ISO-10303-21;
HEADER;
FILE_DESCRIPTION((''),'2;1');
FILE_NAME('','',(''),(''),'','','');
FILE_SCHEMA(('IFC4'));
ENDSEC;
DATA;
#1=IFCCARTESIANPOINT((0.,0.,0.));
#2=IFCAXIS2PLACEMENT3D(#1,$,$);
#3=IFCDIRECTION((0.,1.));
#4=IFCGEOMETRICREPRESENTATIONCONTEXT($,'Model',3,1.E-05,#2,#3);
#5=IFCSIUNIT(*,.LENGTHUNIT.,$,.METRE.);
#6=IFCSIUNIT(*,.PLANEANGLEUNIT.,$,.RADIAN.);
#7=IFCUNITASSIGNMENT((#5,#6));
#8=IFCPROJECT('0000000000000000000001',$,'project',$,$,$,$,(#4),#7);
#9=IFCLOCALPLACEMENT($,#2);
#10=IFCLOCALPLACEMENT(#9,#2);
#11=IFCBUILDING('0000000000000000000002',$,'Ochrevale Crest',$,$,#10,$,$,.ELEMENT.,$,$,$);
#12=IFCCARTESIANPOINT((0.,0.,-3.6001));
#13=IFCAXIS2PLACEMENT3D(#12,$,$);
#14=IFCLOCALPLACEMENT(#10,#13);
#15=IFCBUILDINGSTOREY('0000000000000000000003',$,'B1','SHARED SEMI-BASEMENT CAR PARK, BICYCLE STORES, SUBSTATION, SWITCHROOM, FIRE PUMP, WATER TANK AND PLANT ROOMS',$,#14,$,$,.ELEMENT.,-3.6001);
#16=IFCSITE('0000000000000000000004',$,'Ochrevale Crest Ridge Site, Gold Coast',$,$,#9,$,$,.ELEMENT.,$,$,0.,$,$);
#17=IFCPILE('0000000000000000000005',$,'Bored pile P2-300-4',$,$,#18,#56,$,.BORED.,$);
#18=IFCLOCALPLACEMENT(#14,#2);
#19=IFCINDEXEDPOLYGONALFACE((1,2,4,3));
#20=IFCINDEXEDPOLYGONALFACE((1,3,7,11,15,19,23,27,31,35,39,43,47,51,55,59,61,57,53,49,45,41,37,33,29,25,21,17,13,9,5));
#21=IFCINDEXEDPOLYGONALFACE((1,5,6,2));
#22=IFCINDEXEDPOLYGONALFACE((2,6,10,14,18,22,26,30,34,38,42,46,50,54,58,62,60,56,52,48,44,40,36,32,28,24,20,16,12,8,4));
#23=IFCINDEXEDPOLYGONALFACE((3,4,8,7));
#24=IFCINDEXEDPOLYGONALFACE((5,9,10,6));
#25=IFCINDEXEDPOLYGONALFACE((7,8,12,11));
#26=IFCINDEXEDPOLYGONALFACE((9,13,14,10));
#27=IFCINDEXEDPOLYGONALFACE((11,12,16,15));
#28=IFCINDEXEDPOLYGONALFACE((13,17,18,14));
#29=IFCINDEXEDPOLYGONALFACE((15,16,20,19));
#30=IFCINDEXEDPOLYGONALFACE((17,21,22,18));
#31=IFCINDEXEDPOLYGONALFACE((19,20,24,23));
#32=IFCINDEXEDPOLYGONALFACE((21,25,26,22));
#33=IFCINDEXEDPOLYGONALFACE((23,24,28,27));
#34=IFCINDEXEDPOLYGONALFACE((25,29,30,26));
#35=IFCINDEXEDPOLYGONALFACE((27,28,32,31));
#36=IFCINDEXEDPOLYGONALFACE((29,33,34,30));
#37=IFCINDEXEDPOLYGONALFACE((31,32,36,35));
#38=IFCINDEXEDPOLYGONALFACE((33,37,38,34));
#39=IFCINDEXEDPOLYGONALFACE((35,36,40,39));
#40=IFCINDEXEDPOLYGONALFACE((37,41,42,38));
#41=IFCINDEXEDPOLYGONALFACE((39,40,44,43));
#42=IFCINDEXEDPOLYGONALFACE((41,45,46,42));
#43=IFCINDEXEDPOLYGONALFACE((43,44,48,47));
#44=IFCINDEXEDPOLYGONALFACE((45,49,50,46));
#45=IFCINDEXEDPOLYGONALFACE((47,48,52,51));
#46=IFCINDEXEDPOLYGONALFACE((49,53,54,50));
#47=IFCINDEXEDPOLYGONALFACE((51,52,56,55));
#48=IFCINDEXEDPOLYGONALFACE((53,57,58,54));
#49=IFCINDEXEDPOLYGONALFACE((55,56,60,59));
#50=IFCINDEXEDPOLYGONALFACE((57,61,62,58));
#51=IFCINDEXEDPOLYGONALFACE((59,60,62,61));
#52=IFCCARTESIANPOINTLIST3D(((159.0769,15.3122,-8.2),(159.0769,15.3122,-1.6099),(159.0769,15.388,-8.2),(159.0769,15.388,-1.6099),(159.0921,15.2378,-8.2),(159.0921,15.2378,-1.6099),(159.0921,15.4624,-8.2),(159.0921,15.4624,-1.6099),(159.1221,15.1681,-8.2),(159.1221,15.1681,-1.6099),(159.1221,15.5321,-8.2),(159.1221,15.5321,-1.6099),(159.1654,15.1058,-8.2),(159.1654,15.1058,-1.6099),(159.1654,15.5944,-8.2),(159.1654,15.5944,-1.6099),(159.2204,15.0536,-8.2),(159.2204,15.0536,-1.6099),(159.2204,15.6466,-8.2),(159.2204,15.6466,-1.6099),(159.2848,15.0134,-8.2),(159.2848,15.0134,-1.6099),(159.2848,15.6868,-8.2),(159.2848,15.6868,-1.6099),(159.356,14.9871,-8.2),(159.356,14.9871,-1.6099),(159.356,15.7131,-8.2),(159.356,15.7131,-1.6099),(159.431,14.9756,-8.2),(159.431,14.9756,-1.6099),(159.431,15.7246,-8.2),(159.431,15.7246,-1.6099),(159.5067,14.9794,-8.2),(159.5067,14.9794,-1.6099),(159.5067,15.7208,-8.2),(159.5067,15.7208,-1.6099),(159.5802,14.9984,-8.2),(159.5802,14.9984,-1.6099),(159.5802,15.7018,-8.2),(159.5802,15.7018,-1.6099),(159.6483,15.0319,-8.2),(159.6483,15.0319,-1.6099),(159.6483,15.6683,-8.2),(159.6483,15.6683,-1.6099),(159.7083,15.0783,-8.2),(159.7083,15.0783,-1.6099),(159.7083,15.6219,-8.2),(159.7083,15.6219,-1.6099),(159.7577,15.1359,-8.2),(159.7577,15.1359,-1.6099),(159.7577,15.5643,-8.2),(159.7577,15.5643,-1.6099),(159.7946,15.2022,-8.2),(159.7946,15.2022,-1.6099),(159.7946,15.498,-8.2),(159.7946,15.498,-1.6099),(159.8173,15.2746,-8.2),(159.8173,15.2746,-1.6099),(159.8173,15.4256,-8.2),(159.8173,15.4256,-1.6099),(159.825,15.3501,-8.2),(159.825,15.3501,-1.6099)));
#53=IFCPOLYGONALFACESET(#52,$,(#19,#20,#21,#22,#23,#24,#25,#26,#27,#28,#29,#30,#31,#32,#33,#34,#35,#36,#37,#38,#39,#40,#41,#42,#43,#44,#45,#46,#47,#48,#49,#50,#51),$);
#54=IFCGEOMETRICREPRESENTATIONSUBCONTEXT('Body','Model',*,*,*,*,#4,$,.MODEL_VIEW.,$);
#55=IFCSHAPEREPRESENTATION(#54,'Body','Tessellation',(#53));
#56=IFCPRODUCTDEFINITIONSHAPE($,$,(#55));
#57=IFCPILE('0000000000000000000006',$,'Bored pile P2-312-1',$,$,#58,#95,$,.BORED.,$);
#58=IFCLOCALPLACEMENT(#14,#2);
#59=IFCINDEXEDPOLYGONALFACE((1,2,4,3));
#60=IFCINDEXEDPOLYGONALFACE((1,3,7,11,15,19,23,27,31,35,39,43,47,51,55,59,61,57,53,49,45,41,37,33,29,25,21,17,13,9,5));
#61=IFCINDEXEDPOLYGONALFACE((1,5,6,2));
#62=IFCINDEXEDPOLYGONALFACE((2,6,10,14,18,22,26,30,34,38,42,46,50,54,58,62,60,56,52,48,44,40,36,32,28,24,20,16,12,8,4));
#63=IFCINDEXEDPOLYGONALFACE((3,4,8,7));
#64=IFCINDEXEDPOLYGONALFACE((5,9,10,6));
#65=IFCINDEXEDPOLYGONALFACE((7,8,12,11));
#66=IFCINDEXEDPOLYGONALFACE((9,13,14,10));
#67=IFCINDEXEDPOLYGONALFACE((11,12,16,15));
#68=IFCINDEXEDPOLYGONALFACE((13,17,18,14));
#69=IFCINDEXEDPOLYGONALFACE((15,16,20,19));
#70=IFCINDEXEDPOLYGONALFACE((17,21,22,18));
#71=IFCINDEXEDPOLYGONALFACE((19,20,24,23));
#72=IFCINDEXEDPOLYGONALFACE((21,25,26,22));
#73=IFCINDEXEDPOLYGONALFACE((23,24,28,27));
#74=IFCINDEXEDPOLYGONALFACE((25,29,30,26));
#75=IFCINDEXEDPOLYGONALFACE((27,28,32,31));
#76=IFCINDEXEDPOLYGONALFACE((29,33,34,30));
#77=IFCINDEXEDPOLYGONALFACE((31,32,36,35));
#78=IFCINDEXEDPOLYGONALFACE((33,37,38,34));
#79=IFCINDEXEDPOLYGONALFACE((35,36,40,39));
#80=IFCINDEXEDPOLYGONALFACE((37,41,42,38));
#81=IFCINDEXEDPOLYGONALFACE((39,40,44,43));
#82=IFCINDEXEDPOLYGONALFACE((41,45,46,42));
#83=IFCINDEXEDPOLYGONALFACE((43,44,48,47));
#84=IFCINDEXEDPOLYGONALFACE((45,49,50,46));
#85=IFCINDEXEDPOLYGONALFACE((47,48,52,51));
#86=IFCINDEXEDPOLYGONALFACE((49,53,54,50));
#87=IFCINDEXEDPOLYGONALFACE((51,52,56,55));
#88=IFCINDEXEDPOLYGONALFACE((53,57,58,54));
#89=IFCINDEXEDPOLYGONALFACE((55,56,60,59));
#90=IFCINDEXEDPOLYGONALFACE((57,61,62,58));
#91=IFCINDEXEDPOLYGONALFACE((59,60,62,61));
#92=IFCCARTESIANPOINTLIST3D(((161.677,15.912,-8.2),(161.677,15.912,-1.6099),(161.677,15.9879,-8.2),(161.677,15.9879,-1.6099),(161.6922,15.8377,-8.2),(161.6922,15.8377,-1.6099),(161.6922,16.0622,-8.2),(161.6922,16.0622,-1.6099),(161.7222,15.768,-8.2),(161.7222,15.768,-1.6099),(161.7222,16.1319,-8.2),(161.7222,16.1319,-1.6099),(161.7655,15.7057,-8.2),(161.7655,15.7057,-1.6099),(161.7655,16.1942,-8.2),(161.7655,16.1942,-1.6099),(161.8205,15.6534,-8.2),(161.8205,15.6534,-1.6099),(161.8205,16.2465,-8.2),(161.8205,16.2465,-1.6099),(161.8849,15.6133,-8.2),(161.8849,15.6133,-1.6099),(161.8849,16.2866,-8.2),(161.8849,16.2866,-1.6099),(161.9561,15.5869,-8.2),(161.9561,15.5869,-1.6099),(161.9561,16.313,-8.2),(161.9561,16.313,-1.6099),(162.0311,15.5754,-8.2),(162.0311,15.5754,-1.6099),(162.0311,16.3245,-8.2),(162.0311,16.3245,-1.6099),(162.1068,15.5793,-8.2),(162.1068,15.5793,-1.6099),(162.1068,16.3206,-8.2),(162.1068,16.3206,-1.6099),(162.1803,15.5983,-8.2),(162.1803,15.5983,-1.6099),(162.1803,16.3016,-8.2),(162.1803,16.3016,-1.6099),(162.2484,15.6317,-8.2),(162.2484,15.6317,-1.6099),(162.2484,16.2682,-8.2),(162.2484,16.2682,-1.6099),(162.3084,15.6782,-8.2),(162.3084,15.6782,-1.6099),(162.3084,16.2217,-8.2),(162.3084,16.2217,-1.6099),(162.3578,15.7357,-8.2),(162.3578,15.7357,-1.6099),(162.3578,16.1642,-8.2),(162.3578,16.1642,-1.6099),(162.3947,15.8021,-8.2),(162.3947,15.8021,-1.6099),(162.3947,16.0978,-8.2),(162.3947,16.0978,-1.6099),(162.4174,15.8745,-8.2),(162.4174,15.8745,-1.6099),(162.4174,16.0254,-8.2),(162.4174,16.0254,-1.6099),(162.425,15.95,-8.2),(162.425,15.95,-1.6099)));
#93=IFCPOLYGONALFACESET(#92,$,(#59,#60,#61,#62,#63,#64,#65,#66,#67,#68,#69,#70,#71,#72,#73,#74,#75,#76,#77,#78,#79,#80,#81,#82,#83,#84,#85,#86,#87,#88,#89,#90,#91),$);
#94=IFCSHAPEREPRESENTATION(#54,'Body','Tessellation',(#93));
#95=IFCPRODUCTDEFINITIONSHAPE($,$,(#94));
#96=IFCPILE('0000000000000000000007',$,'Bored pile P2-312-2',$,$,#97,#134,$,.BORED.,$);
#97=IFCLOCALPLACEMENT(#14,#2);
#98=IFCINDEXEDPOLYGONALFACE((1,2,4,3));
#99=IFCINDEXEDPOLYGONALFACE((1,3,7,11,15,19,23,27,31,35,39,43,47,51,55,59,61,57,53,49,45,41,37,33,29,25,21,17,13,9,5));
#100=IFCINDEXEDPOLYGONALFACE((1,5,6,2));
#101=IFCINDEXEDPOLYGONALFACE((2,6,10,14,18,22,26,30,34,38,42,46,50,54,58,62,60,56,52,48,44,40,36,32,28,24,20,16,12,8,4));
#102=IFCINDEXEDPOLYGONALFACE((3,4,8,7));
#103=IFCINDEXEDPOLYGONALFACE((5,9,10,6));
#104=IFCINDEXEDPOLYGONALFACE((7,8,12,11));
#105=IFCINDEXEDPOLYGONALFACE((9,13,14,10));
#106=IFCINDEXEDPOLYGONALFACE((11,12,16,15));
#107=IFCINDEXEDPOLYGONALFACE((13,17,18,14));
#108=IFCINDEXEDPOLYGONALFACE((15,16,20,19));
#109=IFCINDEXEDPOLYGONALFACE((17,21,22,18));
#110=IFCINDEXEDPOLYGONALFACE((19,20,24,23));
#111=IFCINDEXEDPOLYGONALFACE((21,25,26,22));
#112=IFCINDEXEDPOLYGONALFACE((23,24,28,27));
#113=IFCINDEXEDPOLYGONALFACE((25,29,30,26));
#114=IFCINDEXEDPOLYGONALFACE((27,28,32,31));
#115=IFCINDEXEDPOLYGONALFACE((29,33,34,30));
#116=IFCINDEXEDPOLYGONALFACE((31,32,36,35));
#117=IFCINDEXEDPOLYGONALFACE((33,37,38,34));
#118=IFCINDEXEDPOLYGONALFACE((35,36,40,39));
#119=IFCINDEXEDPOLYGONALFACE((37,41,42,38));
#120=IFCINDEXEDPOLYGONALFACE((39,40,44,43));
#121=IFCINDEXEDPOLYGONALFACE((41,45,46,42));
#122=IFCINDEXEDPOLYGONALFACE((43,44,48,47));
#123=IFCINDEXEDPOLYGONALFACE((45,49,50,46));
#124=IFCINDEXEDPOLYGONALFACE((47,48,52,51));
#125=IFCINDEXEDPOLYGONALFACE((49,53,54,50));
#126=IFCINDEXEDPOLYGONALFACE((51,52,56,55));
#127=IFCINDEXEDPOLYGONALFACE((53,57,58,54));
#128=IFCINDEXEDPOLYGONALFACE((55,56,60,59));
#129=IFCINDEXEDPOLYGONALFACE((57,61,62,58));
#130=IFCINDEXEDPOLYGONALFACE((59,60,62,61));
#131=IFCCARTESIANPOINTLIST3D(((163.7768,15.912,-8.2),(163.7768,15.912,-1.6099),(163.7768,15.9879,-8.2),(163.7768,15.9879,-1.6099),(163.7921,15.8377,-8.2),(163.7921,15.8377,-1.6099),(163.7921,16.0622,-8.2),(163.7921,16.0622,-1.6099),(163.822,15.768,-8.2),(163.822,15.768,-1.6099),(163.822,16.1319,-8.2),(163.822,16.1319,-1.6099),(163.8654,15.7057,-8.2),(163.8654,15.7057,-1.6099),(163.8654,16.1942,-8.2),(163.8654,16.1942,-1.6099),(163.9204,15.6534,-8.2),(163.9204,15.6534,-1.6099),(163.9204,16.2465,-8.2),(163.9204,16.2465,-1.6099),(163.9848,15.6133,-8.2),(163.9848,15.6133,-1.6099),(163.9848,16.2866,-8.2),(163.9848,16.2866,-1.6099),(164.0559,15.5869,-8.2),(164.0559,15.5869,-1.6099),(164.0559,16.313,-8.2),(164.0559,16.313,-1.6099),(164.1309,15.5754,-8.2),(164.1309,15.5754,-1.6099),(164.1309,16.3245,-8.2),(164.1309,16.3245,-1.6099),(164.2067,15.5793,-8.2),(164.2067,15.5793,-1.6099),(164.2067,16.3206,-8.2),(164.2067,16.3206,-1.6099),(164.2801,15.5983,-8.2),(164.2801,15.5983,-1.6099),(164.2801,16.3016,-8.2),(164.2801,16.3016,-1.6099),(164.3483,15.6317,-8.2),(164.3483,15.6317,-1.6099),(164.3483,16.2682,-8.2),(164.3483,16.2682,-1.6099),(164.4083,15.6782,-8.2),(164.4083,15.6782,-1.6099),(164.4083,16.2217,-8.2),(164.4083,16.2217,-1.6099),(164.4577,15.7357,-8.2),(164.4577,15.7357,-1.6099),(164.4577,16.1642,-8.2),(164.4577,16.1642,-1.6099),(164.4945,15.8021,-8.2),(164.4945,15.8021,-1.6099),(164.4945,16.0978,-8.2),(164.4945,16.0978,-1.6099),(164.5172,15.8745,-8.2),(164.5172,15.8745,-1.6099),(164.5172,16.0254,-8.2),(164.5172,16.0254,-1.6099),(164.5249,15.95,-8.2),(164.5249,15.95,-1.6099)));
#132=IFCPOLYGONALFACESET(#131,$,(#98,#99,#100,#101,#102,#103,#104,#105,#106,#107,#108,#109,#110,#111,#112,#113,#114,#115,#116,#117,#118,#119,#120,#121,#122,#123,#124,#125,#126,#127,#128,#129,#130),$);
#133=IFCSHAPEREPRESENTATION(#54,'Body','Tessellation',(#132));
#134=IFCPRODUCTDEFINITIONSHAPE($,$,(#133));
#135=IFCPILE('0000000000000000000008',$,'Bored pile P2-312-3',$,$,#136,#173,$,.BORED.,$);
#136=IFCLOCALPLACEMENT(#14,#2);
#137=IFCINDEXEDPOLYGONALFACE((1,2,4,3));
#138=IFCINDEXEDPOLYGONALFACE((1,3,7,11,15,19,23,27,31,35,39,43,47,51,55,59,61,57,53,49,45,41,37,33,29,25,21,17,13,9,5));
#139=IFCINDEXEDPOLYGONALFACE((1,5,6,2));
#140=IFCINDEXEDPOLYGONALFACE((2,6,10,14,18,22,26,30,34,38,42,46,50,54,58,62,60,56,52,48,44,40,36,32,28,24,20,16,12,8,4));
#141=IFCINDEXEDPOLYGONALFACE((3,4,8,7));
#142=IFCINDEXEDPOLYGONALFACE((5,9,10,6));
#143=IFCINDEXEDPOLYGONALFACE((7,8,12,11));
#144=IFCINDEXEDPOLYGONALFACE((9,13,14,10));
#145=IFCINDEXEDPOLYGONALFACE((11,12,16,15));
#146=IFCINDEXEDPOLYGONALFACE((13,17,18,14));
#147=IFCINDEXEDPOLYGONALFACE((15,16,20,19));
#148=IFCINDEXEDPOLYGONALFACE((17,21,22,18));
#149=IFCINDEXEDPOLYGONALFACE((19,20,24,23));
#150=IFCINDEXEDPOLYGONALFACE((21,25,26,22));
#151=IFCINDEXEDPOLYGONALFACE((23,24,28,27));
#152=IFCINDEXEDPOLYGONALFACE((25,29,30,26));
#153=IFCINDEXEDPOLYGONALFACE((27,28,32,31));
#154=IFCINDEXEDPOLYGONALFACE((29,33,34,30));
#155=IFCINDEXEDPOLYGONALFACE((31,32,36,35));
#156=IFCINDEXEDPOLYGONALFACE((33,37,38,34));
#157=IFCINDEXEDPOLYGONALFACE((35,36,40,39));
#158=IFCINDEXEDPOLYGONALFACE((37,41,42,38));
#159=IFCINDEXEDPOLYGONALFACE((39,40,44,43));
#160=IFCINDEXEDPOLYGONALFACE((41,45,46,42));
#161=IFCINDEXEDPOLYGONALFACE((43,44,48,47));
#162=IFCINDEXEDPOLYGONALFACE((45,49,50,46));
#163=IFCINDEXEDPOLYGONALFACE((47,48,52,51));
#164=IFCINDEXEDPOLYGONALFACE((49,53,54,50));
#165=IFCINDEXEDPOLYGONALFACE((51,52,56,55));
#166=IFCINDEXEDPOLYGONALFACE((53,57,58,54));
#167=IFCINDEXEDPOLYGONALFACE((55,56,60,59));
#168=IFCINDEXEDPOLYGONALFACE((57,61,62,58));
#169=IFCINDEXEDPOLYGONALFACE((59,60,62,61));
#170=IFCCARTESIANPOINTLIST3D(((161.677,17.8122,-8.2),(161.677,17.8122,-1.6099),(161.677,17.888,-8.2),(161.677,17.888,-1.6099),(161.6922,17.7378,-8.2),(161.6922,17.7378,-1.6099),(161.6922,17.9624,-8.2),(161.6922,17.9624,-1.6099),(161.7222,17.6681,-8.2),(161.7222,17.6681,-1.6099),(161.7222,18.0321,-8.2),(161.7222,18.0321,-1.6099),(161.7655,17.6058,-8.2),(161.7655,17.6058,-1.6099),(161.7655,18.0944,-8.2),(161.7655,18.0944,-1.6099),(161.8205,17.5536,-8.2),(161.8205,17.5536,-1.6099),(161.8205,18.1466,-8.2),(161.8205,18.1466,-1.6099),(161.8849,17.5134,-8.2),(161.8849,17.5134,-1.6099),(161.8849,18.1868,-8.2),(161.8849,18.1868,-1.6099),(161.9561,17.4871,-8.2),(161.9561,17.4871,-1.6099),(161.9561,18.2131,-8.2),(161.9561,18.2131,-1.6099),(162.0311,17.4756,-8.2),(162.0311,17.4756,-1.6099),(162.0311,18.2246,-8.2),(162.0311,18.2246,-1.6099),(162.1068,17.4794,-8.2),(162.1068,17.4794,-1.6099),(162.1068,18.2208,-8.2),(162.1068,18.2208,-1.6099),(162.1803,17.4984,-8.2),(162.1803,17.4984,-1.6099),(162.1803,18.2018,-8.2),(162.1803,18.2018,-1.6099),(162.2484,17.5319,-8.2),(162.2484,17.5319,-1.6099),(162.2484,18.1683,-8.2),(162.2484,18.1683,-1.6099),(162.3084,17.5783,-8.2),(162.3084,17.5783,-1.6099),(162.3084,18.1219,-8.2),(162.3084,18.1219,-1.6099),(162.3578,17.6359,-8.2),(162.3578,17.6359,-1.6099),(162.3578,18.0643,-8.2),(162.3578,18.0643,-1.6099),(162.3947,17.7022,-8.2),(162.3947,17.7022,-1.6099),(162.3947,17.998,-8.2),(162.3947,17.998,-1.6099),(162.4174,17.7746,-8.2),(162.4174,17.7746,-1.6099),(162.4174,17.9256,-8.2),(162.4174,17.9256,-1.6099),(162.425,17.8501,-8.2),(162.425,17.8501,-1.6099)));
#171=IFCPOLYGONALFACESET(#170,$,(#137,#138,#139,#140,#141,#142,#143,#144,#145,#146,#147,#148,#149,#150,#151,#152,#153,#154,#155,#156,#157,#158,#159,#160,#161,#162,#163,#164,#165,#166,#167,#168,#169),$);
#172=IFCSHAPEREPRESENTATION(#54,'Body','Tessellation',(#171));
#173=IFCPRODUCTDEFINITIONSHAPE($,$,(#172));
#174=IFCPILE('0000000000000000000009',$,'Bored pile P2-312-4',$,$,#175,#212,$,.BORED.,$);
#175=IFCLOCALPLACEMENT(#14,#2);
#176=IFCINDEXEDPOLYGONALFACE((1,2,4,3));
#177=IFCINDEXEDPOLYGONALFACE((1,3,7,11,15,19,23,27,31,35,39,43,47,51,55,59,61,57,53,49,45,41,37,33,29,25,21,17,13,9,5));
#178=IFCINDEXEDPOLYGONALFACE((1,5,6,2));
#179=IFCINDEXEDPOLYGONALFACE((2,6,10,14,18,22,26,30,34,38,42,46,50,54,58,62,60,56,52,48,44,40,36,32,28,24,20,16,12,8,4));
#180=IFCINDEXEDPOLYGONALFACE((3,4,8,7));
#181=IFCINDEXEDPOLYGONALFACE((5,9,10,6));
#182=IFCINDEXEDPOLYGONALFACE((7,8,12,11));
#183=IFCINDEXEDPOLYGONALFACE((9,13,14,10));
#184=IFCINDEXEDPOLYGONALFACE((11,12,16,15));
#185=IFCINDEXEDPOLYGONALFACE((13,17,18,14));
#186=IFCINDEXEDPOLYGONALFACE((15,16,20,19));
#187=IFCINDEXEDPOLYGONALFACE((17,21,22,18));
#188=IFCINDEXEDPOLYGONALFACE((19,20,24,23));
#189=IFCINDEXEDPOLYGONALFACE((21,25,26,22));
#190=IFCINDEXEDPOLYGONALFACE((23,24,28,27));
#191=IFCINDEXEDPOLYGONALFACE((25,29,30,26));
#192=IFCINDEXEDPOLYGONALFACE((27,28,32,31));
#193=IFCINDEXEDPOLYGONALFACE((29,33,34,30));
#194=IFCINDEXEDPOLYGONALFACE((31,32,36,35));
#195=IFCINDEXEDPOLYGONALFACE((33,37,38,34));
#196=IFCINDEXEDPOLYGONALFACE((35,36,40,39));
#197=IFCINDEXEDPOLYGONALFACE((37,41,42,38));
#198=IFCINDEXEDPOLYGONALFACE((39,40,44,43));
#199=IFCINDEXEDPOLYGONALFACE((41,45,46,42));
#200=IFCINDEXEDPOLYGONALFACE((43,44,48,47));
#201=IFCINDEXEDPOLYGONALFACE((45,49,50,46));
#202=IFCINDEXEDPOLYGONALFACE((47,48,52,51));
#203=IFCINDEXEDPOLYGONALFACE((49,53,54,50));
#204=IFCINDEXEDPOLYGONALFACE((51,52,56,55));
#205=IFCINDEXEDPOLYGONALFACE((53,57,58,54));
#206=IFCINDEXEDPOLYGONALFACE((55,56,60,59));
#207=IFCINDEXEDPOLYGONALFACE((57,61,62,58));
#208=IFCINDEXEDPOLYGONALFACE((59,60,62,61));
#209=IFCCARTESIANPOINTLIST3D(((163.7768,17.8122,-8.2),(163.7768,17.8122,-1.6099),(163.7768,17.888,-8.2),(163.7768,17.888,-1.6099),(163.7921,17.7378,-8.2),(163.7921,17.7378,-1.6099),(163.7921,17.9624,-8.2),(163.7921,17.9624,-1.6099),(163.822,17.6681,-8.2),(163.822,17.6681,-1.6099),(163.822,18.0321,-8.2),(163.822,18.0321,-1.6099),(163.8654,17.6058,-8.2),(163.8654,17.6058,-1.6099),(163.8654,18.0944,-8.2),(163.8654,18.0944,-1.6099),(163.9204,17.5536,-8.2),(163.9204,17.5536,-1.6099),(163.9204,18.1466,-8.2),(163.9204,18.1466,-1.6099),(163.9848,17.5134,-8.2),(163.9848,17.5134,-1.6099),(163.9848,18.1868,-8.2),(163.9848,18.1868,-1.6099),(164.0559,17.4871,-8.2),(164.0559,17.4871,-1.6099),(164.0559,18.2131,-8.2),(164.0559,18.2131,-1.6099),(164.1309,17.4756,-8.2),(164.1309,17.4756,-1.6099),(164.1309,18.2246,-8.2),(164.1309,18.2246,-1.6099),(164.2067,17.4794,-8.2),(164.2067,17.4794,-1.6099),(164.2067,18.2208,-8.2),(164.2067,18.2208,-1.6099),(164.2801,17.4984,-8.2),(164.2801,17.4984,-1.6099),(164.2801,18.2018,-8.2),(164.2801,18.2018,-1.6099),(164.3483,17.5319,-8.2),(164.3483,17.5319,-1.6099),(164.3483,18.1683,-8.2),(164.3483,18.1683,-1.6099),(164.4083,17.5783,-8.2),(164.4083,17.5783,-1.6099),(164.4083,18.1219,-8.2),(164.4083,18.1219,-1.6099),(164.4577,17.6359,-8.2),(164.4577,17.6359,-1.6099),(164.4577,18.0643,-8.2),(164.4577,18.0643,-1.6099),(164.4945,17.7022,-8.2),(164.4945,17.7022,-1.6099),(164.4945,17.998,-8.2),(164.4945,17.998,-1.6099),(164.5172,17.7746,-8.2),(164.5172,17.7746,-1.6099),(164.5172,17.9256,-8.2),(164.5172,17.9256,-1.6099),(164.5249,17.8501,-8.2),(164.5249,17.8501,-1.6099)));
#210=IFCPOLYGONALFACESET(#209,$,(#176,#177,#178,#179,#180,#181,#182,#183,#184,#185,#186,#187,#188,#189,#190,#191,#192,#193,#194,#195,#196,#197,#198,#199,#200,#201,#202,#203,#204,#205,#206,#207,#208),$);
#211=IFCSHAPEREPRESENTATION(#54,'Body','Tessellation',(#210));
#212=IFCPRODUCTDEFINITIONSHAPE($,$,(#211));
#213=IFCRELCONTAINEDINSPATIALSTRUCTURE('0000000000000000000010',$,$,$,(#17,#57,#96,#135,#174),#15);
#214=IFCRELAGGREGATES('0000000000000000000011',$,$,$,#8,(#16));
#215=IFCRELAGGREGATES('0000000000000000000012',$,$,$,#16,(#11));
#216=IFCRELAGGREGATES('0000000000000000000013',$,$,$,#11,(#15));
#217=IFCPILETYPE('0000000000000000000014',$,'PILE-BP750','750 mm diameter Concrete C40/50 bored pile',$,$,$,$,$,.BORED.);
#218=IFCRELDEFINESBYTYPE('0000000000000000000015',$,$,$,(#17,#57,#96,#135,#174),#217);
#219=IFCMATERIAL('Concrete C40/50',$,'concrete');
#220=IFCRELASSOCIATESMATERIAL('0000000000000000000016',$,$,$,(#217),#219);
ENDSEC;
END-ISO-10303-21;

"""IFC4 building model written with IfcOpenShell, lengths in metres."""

from ifc_helpers import new_model, si_unit, direction, frame, origin, origin_2d, place, context, subcontext, project, spatial, circle, extrude, material, material_profile, profile_set, type_object, element, save


model = new_model("IFC4")

# Units and contexts
model_context = context("Model", 3, precision=1e-05, world=origin(), true_north=direction((0.0, 1.0)))
body_context = subcontext(model_context, "Body", "Model", "MODEL_VIEW")
ifc_project = project(units=[si_unit("LENGTHUNIT", "METRE"), si_unit("PLANEANGLEUNIT", "RADIAN")], contexts=[model_context])

# Site, building, storey
site_placement = place(None, origin())
site = spatial("IfcSite", under=ifc_project, at=site_placement, Name="Ochrevale Crest Ridge Site, Gold Coast", CompositionType="ELEMENT", RefElevation=0.0)
building_placement = place(site_placement, origin())
building = spatial("IfcBuilding", under=site, at=building_placement, Name="Ochrevale Crest", CompositionType="ELEMENT")
storey_placement = place(building_placement, frame((0.0, 0.0, -3.6001)))
storey = spatial("IfcBuildingStorey", under=building, at=storey_placement, Name="B1", Description="SHARED SEMI-BASEMENT CAR PARK, BICYCLE STORES, SUBSTATION, SWITCHROOM, FIRE PUMP, WATER TANK AND PLANT ROOMS", CompositionType="ELEMENT", Elevation=-3.6001)

# Shared definitions
ifc_material_1 = material(Name="Concrete C40/50", Category="concrete")

# Piles
ifc_material_profile_1 = material_profile(ifc_material_1, circle(Radius=0.375, at=origin_2d()), Name="BORED PILE 750")
ifc_profile_set_1 = profile_set([ifc_material_profile_1], Name="Concrete C40/50")
pile_type_1 = type_object("IfcPileType", Name="PILE-BP750", Description="750 mm diameter Concrete C40/50 bored pile", PredefinedType="BORED", material=ifc_profile_set_1)
for number, where, z_axis, x_axis, name in (
    (1, (159.45, 15.3501, -1.6099), (0.0, 0.0, -1.0), (1.0, 0.0, 0.0), "Bored pile P2-300-4"),
    (2, (162.05, 15.95, -1.6099), (0.0, 0.0, -1.0), (1.0, 0.0, 0.0), "Bored pile P2-312-1"),
    (3, (164.1499, 15.95, -1.6099), (0.0, 0.0, -1.0), (1.0, 0.0, 0.0), "Bored pile P2-312-2"),
    (4, (162.05, 17.8501, -1.6099), (0.0, 0.0, -1.0), (1.0, 0.0, 0.0), "Bored pile P2-312-3"),
    (5, (164.1499, 17.8501, -1.6099), (0.0, 0.0, -1.0), (1.0, 0.0, 0.0), "Bored pile P2-312-4"),
):
    element("IfcPile", number, at=place(storey_placement, frame(where, z_axis=z_axis, x_axis=x_axis)), inside=storey, type_object=pile_type_1, Name=name, PredefinedType="BORED", context=body_context, shape_type="SweptSolid", body=[
        extrude(circle(Radius=0.375, at=origin_2d()), origin(), (0.0, 0.0, 1.0), 6.5901),
    ])

save(model, "model.ifc")
